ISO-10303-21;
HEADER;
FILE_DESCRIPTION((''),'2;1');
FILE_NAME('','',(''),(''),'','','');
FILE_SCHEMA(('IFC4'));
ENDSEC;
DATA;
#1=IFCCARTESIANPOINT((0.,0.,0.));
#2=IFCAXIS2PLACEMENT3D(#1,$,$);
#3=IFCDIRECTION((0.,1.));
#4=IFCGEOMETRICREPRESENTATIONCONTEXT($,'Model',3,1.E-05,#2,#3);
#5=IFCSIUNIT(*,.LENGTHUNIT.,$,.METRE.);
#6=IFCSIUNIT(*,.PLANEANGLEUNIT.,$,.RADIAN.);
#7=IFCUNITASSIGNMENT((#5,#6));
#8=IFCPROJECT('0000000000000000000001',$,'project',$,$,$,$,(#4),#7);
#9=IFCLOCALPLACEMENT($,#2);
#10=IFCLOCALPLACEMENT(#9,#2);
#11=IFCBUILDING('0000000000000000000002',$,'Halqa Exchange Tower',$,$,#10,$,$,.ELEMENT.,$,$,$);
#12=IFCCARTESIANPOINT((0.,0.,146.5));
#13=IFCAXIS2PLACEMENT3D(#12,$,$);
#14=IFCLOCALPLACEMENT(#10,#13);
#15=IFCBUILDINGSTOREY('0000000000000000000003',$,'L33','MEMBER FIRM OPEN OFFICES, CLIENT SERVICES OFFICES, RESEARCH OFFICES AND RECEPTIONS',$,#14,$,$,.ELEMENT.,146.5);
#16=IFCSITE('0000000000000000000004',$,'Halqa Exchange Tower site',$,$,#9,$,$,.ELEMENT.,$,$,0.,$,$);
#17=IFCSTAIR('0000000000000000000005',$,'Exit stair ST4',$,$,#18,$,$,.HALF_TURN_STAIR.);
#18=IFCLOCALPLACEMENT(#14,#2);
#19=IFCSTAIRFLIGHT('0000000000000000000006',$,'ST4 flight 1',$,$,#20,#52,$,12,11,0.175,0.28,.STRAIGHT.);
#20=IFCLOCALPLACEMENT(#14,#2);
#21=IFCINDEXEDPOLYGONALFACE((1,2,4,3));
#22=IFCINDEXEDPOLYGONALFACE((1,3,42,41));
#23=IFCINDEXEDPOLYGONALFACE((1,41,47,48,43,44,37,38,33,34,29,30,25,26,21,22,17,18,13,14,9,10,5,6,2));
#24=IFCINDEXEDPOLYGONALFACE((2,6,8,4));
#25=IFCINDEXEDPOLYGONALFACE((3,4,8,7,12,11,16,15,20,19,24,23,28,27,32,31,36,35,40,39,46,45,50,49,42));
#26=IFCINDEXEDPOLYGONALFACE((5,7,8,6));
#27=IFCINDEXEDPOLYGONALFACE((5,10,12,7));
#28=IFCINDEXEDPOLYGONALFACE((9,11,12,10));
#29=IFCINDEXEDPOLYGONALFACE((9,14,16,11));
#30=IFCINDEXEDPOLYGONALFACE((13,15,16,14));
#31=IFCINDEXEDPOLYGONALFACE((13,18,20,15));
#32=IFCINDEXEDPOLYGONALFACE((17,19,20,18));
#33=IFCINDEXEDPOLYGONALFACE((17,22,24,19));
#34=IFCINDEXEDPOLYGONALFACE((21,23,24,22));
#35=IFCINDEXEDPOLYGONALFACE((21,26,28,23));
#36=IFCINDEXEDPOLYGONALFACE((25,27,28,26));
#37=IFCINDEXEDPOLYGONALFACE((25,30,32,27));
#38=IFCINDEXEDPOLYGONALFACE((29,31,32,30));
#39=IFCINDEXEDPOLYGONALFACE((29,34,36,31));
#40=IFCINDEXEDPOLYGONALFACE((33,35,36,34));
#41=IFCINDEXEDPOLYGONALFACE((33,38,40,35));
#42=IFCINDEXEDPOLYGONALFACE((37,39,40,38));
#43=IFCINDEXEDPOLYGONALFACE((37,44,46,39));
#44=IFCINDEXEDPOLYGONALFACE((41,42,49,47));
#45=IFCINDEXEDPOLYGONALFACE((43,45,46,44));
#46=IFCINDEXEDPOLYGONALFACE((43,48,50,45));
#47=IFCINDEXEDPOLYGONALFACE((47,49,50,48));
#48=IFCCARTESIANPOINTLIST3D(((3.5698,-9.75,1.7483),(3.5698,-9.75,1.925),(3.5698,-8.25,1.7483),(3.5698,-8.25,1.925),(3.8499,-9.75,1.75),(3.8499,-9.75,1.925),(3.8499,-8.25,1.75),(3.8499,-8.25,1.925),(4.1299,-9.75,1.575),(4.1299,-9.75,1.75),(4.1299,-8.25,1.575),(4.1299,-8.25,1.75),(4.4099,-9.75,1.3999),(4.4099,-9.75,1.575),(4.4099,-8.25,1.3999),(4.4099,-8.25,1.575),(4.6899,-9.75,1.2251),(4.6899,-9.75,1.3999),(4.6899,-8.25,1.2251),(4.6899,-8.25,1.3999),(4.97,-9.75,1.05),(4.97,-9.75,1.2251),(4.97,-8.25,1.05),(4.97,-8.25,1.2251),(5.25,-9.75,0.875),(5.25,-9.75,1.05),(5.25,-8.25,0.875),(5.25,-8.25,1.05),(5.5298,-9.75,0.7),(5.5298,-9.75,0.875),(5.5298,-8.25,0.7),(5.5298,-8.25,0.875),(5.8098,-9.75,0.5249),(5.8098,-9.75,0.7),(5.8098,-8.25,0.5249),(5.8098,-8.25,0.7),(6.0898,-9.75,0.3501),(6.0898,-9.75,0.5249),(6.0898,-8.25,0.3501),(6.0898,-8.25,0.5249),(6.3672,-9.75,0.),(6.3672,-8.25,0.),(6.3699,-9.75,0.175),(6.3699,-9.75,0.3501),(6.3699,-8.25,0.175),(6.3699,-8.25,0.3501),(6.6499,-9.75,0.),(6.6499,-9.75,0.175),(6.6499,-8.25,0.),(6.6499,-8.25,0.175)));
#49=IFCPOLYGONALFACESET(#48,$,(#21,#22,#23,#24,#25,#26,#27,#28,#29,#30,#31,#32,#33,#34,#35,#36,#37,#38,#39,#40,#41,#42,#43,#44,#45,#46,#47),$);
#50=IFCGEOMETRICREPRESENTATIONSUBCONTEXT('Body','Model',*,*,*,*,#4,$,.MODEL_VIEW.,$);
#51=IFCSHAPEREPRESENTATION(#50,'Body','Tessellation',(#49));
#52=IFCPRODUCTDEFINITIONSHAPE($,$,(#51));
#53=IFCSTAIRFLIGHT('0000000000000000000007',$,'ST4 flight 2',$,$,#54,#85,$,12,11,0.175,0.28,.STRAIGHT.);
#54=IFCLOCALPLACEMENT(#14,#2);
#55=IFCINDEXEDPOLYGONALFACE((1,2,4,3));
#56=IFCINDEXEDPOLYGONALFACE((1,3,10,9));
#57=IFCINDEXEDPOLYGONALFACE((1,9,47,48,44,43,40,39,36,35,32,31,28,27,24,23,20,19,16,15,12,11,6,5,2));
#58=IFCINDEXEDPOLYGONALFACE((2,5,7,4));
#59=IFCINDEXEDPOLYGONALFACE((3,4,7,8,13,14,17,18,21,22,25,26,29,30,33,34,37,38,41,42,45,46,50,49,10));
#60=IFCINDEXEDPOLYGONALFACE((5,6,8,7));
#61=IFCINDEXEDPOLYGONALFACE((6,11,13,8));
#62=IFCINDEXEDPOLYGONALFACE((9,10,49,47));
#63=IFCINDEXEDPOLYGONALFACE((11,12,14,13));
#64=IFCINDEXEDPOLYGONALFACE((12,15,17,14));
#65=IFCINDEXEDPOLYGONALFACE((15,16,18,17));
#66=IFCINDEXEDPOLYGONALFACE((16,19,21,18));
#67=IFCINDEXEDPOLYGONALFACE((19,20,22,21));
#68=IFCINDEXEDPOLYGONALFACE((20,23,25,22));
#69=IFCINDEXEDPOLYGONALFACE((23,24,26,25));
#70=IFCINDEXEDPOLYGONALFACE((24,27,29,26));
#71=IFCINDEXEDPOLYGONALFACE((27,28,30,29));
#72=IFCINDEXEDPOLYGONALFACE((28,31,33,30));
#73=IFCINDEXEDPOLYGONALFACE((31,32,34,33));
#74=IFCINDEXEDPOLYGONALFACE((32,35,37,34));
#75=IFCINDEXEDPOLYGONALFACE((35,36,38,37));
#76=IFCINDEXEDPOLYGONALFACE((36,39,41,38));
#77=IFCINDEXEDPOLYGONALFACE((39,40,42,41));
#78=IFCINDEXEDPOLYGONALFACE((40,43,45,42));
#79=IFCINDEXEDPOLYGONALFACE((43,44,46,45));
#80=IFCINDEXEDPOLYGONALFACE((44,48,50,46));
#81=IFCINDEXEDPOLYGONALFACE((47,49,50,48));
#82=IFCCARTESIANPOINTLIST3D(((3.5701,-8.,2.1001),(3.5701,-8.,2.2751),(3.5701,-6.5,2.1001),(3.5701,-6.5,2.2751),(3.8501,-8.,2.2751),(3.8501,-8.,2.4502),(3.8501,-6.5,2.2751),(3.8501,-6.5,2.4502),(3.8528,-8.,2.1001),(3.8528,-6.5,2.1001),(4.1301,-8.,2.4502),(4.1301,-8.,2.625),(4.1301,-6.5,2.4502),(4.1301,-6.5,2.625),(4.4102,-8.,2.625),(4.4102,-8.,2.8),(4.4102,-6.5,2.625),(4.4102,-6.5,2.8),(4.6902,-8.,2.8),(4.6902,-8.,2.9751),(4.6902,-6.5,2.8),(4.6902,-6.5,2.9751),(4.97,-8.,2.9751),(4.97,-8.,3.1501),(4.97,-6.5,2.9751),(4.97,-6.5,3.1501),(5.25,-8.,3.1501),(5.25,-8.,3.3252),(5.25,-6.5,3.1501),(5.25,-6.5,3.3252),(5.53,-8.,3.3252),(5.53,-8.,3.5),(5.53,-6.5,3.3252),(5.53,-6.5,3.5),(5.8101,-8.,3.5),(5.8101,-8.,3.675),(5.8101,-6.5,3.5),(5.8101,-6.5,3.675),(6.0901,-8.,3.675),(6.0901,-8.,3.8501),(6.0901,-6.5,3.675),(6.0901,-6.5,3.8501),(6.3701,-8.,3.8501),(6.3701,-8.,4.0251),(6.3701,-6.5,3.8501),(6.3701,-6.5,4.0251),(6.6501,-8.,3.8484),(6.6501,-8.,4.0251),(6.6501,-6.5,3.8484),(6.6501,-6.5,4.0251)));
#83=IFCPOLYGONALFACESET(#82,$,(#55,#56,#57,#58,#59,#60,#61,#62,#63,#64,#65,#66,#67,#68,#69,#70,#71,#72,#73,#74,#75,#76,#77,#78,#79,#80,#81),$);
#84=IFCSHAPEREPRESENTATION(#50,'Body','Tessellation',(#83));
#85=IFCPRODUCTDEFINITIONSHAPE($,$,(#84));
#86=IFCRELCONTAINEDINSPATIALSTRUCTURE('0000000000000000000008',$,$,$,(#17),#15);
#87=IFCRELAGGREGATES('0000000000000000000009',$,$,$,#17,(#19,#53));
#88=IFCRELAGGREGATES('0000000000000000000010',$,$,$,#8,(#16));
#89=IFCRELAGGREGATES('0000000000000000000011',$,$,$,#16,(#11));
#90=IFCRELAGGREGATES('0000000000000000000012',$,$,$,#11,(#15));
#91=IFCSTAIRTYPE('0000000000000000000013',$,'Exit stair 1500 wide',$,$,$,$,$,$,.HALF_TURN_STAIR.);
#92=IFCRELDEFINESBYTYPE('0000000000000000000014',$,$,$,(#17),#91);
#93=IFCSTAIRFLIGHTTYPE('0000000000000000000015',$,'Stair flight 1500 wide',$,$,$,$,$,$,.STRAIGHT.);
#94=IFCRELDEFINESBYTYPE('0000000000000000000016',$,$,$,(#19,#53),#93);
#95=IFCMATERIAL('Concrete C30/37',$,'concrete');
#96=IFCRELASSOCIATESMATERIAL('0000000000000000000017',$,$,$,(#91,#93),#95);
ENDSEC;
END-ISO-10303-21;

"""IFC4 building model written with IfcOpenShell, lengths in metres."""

from ifc_helpers import new_model, si_unit, direction, frame, origin, place, context, subcontext, project, spatial, polyline, outline, extrude, material, type_object, element, aggregate, save


model = new_model("IFC4")

# Units and contexts
model_context = context("Model", 3, precision=1e-05, world=origin(), true_north=direction((0.0, 1.0)))
body_context = subcontext(model_context, "Body", "Model", "MODEL_VIEW")
ifc_project = project(units=[si_unit("LENGTHUNIT", "METRE"), si_unit("PLANEANGLEUNIT", "RADIAN")], contexts=[model_context])

# Site, building, storey
site_placement = place(None, origin())
site = spatial("IfcSite", under=ifc_project, at=site_placement, Name="Halqa Exchange Tower site", CompositionType="ELEMENT", RefElevation=0.0)
building_placement = place(site_placement, origin())
building = spatial("IfcBuilding", under=site, at=building_placement, Name="Halqa Exchange Tower", CompositionType="ELEMENT")
storey_placement = place(building_placement, frame((0.0, 0.0, 146.5)))
storey = spatial("IfcBuildingStorey", under=building, at=storey_placement, Name="L33", Description="MEMBER FIRM OPEN OFFICES, CLIENT SERVICES OFFICES, RESEARCH OFFICES AND RECEPTIONS", CompositionType="ELEMENT", Elevation=146.5)

# Shared definitions
ifc_material_1 = material(Name="Concrete C30/37", Category="concrete")

# Stair, stair flights
stair_type = type_object("IfcStairType", Name="Exit stair 1500 wide", PredefinedType="HALF_TURN_STAIR", material=ifc_material_1)
stair_placement = place(storey_placement, origin())
stair = element("IfcStair", 1, at=stair_placement, inside=storey, type_object=stair_type, Name="Exit stair ST4", PredefinedType="HALF_TURN_STAIR")
stair_flight_type = type_object("IfcStairFlightType", Name="Stair flight 1500 wide", PredefinedType="STRAIGHT", material=ifc_material_1)
stair_flight_1_placement = place(storey_placement, frame((6.6499, -9.0, 0.0), z_axis=(0.0, 0.0, 1.0), x_axis=(-1.0, 0.0, 0.0)))
stair_flight_1 = element("IfcStairFlight", 2, at=stair_flight_1_placement, type_object=stair_flight_type, Name="ST4 flight 1", NumberOfRisers=12, NumberOfTreads=11, PredefinedType="STRAIGHT", RiserHeight=0.175, TreadLength=0.28, context=body_context, shape_type="SweptSolid", body=[
    extrude(outline(polyline([(0.0, 0.0), (0.0, 0.175), (0.28, 0.175), (0.28, 0.3501), (0.5601, 0.3501), (0.5601, 0.5249), (0.8401, 0.5249), (0.8401, 0.7), (1.1201, 0.7), (1.1201, 0.875), (1.3999, 0.875), (1.3999, 1.05), (1.6799, 1.05), (1.6799, 1.2251), (1.96, 1.2251), (1.96, 1.3999), (2.24, 1.3999), (2.24, 1.575), (2.52, 1.575), (2.52, 1.75), (2.8, 1.75), (2.8, 1.925), (3.0801, 1.925), (3.0801, 2.1001), (3.0801, 1.7483), (0.2827, 0.0), (0.0, 0.0)])), frame((0.0, 0.75, 0.0), z_axis=(0.0, -1.0, 0.0), x_axis=(1.0, 0.0, 0.0)), (0.0, 0.0, 1.0), 1.5),
])
stair_flight_2_placement = place(storey_placement, frame((3.5701, -7.25, 2.1001), z_axis=(0.0, 0.0, 1.0), x_axis=(1.0, 0.0, 0.0)))
stair_flight_2 = element("IfcStairFlight", 3, at=stair_flight_2_placement, type_object=stair_flight_type, Name="ST4 flight 2", NumberOfRisers=12, NumberOfTreads=11, PredefinedType="STRAIGHT", RiserHeight=0.175, TreadLength=0.28, context=body_context, shape_type="SweptSolid", body=[
    extrude(outline(polyline([(0.0, 0.0), (0.0, 0.175), (0.28, 0.175), (0.28, 0.3501), (0.5601, 0.3501), (0.5601, 0.5249), (0.8401, 0.5249), (0.8401, 0.7), (1.1201, 0.7), (1.1201, 0.875), (1.3999, 0.875), (1.3999, 1.05), (1.6799, 1.05), (1.6799, 1.2251), (1.96, 1.2251), (1.96, 1.3999), (2.24, 1.3999), (2.24, 1.575), (2.52, 1.575), (2.52, 1.75), (2.8, 1.75), (2.8, 1.925), (3.0801, 1.925), (3.0801, 2.1001), (3.0801, 1.7483), (0.2827, 0.0), (0.0, 0.0)])), frame((0.0, 0.75, 0.0), z_axis=(0.0, -1.0, 0.0), x_axis=(1.0, 0.0, 0.0)), (0.0, 0.0, 1.0), 1.5),
])
aggregate(stair, [stair_flight_1, stair_flight_2])

save(model, "model.ifc")
